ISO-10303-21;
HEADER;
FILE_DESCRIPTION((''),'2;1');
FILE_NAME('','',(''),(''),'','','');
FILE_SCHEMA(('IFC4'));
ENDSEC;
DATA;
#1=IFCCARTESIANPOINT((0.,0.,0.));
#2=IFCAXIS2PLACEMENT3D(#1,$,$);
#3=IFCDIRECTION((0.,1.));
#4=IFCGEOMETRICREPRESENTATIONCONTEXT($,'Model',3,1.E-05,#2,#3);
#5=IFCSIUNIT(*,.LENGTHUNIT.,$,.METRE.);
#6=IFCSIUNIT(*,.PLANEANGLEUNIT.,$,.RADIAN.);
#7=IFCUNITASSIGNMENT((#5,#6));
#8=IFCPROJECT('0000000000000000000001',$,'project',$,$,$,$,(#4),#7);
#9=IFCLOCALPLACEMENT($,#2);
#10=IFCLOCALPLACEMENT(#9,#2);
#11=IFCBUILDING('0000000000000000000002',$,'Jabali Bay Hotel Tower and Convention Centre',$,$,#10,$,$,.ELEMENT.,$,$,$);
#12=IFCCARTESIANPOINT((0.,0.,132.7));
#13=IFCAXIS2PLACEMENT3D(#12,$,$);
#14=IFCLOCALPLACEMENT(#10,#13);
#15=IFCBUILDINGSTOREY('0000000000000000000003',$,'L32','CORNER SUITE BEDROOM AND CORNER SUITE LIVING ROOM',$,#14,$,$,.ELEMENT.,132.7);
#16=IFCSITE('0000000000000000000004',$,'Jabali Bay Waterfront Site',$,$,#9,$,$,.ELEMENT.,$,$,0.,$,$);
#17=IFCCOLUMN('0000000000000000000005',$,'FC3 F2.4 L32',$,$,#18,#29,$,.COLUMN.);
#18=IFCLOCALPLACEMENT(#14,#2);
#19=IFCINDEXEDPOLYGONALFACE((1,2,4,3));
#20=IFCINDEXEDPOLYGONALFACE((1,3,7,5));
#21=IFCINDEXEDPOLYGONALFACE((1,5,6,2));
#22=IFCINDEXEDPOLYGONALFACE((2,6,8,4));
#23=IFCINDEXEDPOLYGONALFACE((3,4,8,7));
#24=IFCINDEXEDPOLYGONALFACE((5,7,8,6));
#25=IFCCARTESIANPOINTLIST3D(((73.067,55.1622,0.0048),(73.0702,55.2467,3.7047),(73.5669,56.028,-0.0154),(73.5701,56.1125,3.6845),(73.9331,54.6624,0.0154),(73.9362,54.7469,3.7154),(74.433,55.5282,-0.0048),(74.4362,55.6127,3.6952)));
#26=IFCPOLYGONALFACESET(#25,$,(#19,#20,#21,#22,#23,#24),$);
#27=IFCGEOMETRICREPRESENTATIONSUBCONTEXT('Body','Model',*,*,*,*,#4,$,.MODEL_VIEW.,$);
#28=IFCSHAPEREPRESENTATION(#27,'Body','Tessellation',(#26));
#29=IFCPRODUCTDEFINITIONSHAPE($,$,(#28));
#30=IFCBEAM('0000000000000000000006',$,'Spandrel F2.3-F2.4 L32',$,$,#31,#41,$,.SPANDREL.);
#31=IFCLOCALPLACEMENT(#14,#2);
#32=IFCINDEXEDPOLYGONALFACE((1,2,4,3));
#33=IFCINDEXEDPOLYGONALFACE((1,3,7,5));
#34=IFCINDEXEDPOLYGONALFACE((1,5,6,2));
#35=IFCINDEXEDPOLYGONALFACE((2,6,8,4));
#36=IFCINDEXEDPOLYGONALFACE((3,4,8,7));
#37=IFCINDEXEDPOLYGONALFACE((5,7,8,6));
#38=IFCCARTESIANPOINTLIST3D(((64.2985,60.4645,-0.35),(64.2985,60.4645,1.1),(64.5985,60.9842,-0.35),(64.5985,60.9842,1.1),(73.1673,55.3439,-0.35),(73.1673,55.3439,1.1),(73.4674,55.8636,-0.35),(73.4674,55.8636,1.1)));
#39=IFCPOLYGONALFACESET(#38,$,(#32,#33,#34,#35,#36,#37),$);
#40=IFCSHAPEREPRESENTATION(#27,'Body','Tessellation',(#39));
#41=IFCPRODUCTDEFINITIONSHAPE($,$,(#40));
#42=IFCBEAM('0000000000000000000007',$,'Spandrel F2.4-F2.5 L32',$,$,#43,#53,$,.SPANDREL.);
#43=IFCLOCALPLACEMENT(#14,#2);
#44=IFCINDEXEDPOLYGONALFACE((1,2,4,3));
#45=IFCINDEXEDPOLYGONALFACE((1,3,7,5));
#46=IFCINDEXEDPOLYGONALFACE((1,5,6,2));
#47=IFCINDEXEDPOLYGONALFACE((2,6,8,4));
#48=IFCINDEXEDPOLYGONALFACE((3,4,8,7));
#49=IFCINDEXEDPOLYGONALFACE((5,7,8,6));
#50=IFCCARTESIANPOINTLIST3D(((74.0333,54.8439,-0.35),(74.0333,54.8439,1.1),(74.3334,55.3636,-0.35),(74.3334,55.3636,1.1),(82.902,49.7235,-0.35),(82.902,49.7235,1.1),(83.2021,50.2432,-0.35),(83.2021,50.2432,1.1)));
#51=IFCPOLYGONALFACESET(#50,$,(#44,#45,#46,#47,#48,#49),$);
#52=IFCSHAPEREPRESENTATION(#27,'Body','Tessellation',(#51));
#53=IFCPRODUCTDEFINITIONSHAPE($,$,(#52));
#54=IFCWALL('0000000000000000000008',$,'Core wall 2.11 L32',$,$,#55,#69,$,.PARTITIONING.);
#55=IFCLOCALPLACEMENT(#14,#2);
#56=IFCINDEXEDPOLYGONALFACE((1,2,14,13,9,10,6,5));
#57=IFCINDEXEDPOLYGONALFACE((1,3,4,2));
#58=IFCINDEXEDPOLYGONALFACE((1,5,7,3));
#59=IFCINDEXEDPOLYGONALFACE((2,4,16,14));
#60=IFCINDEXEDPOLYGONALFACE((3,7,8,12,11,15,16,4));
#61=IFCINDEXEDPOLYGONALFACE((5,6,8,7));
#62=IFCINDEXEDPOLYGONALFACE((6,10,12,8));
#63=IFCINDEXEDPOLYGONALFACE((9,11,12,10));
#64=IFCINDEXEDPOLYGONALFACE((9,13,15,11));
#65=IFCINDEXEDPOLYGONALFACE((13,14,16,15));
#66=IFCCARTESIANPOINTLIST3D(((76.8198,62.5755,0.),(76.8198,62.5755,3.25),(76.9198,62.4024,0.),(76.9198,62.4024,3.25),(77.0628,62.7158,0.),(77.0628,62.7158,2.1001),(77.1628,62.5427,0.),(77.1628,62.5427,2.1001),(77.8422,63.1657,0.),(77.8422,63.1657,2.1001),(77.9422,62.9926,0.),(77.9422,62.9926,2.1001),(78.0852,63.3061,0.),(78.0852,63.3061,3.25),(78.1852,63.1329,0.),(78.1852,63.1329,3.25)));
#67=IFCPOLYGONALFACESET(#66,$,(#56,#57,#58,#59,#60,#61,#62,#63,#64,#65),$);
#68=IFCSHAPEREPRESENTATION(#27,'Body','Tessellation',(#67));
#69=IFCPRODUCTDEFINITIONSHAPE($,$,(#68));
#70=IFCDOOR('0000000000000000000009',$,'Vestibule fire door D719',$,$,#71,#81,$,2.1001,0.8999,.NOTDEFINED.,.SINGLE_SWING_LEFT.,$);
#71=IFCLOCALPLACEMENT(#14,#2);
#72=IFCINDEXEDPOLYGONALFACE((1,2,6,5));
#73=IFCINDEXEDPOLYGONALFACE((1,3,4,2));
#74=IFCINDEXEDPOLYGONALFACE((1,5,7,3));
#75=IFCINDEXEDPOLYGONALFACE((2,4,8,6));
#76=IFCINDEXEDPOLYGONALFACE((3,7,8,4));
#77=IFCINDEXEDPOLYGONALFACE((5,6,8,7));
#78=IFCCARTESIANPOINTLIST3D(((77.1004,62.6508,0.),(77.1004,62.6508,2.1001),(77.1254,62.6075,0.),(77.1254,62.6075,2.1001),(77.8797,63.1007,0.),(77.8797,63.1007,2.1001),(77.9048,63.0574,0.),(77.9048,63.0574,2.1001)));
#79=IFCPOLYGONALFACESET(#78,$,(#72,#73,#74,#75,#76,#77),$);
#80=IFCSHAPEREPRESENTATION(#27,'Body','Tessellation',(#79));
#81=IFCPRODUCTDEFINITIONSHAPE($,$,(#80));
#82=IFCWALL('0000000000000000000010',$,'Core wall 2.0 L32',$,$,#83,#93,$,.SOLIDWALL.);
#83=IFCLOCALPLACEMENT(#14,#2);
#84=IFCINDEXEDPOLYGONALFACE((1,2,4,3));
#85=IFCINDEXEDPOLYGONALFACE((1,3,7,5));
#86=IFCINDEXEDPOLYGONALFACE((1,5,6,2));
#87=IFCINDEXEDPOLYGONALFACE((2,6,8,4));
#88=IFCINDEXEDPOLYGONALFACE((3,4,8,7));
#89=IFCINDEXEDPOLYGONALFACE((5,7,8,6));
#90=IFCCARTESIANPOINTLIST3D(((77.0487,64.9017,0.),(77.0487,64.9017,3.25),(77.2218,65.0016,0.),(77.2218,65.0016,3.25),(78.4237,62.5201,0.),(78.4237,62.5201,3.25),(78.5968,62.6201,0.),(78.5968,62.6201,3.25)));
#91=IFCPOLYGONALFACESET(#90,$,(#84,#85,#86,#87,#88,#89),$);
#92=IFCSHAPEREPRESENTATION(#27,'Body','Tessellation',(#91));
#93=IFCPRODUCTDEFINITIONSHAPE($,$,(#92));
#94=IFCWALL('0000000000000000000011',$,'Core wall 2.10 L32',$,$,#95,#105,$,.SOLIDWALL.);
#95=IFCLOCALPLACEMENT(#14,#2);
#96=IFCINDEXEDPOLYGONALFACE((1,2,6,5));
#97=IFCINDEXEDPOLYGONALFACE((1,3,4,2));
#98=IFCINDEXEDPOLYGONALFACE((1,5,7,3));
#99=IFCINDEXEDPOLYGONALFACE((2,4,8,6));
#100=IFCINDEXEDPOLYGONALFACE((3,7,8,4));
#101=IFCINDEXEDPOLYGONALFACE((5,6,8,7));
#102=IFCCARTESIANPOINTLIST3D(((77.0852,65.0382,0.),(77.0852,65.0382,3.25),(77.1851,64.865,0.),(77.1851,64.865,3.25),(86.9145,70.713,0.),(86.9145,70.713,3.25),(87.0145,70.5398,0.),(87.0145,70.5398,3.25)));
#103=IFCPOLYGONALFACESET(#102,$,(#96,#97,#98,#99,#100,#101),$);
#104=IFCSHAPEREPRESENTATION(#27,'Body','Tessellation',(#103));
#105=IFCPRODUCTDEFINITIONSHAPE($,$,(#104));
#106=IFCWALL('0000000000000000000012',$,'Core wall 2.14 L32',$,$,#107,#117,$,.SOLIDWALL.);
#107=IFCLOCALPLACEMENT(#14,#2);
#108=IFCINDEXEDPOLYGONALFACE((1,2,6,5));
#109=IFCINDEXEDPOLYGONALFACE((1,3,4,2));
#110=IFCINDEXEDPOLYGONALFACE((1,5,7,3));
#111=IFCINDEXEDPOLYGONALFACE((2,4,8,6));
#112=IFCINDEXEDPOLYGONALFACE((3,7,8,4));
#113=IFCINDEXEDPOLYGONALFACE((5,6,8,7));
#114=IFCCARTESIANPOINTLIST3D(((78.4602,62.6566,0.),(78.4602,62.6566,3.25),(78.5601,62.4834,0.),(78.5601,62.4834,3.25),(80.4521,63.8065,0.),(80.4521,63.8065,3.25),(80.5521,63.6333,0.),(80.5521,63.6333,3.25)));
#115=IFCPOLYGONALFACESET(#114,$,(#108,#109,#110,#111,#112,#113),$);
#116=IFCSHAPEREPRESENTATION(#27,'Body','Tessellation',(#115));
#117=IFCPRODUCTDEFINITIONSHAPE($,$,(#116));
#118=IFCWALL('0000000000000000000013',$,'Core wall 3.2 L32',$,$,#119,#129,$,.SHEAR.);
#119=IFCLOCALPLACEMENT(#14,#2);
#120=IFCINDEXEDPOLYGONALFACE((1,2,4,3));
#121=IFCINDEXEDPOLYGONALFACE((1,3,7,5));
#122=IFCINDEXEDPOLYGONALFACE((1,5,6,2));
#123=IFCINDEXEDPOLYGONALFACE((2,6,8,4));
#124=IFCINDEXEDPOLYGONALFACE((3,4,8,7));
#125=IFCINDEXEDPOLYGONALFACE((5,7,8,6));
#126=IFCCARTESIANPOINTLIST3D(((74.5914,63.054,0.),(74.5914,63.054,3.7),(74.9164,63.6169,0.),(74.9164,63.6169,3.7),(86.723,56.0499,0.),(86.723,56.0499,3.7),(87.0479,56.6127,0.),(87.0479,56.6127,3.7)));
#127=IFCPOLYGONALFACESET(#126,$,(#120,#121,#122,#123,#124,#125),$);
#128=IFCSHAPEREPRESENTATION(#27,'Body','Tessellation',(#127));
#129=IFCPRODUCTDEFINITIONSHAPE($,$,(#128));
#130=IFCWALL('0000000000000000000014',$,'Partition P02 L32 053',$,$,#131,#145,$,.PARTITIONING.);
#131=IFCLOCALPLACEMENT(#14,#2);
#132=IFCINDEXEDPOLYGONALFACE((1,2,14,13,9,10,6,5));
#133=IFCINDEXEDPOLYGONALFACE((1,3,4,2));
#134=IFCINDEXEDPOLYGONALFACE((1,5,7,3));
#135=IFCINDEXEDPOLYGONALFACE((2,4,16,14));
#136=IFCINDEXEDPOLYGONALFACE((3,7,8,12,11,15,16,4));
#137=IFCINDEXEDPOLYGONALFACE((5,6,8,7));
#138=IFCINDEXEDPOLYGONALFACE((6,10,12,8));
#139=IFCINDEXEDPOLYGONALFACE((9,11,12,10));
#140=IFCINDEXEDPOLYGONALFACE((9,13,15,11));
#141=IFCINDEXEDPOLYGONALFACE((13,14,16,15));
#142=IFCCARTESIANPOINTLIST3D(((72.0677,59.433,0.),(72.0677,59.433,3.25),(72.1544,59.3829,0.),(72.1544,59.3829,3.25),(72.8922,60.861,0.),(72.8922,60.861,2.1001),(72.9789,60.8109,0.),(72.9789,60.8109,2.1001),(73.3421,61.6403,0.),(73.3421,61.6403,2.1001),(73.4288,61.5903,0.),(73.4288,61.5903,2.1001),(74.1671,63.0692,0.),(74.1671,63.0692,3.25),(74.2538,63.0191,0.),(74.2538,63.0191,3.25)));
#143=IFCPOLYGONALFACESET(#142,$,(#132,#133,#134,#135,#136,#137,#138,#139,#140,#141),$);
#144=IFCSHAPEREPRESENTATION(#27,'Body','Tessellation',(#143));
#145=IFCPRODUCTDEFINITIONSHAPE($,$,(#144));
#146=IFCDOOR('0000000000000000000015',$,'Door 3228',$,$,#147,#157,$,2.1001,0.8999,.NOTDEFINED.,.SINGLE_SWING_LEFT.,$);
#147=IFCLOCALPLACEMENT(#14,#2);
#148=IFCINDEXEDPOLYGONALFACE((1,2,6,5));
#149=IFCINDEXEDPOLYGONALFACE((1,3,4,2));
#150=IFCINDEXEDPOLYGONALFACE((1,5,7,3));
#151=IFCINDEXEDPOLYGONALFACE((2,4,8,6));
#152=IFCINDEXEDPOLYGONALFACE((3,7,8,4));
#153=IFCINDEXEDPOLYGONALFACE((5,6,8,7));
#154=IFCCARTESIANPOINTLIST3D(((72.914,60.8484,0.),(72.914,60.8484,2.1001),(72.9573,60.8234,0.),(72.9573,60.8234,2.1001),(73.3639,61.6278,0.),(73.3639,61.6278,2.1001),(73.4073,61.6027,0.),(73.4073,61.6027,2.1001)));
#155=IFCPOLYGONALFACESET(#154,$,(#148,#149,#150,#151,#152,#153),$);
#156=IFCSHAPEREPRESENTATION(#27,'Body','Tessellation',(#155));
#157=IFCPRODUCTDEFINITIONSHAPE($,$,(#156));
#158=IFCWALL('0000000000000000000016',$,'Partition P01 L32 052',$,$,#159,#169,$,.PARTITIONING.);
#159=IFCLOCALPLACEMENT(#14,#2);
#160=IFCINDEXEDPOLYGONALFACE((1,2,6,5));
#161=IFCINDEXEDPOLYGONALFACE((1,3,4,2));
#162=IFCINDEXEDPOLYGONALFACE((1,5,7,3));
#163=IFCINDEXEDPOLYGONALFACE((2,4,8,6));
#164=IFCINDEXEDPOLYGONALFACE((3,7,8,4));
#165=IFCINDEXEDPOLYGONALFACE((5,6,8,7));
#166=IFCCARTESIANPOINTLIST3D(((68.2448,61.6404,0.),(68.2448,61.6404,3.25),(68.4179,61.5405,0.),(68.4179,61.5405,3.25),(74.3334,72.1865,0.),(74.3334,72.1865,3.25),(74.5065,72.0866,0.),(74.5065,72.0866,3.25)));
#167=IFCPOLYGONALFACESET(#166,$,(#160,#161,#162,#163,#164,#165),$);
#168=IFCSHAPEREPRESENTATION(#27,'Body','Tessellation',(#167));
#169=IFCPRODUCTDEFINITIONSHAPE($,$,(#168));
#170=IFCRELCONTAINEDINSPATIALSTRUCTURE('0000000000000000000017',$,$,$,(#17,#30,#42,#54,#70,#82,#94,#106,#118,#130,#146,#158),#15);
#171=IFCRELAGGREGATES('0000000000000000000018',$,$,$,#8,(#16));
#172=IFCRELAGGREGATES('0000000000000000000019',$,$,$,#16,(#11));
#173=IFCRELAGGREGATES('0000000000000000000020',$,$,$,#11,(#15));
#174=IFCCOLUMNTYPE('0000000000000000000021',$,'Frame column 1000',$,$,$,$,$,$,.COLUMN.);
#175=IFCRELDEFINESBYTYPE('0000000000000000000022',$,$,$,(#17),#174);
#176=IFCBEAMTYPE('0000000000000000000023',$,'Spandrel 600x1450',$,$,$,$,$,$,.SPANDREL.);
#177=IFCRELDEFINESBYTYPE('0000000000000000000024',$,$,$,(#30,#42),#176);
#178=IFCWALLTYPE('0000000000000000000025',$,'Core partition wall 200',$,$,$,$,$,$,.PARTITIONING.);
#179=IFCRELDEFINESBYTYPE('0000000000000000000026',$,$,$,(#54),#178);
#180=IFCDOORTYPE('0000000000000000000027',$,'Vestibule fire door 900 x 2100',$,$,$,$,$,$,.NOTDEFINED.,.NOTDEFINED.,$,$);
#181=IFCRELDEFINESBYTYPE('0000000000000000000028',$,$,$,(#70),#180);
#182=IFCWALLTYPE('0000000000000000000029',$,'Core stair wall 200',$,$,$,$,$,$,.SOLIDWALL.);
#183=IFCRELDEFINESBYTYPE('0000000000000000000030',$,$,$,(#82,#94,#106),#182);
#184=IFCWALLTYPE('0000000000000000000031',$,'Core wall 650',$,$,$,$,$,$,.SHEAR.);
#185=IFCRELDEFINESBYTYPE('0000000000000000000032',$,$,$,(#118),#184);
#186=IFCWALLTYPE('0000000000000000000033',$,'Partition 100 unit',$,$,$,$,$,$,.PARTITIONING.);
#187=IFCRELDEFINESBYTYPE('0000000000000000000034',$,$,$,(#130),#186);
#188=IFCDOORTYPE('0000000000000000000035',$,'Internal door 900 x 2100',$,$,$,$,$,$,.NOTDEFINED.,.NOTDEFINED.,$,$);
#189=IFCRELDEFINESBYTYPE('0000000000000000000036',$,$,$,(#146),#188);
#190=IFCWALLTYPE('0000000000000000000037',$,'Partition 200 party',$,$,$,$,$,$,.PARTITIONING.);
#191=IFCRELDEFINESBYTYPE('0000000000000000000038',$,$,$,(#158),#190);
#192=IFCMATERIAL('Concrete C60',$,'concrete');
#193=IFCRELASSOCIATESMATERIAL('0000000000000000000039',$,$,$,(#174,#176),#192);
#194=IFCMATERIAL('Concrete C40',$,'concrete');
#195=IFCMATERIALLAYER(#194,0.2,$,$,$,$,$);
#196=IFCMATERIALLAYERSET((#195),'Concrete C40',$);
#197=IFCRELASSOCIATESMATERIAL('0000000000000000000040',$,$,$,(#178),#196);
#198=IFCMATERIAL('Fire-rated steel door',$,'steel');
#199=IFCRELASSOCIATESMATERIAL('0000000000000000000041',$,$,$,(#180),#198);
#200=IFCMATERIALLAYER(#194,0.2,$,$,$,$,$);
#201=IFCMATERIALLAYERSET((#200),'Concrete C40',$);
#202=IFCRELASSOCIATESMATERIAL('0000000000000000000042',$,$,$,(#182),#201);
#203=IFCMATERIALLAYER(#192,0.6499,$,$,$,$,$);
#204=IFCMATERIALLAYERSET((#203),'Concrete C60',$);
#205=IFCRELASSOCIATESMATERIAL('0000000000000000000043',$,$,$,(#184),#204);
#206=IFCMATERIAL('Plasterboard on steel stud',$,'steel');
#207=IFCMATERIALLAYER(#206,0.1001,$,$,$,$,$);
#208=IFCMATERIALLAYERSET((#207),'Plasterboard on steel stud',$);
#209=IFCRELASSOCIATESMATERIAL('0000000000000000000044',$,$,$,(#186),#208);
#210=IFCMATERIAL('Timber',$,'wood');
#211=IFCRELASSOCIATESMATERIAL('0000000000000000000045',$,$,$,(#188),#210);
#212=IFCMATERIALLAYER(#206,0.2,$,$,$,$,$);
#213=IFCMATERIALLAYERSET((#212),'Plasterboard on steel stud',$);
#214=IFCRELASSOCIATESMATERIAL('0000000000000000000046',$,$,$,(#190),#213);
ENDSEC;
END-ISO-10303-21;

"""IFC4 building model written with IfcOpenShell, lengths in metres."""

from ifc_helpers import new_model, si_unit, direction, frame, frame_2d, origin, origin_2d, place, context, subcontext, project, spatial, rectangle, extrude, material, layer, layer_set, material_profile, profile_set, type_object, element, fill, save


model = new_model("IFC4")

# Units and contexts
model_context = context("Model", 3, precision=1e-05, world=origin(), true_north=direction((0.0, 1.0)))
body_context = subcontext(model_context, "Body", "Model", "MODEL_VIEW")
ifc_project = project(units=[si_unit("LENGTHUNIT", "METRE"), si_unit("PLANEANGLEUNIT", "RADIAN")], contexts=[model_context])

# Site, building, storey
site_placement = place(None, origin())
site = spatial("IfcSite", under=ifc_project, at=site_placement, Name="Jabali Bay Waterfront Site", CompositionType="ELEMENT", RefElevation=0.0)
building_placement = place(site_placement, origin())
building = spatial("IfcBuilding", under=site, at=building_placement, Name="Jabali Bay Hotel Tower and Convention Centre", CompositionType="ELEMENT")
storey_placement = place(building_placement, frame((0.0, 0.0, 132.7)))
storey = spatial("IfcBuildingStorey", under=building, at=storey_placement, Name="L32", Description="CORNER SUITE BEDROOM AND CORNER SUITE LIVING ROOM", CompositionType="ELEMENT", Elevation=132.7)

# Column
ifc_material_1 = material(Name="Concrete C60", Category="concrete")
ifc_material_profile_1 = material_profile(ifc_material_1, rectangle(XDim=1.0, YDim=1.0, at=origin_2d()), Name="Frame column 1000")
ifc_profile_set_1 = profile_set([ifc_material_profile_1], Name="Concrete C60")
column_type = type_object("IfcColumnType", Name="Frame column 1000", PredefinedType="COLUMN", material=ifc_profile_set_1)
column_placement = place(storey_placement, frame((73.75, 55.3452, 0.0), z_axis=(0.000858, 0.022825, 0.999739), x_axis=(-0.499949, -0.865819, 0.020196)))
element("IfcColumn", 1, at=column_placement, inside=storey, type_object=column_type, Name="FC3 F2.4 L32", PredefinedType="COLUMN", context=body_context, shape_type="SweptSolid", body=[
    extrude(rectangle(XDim=1.0, YDim=1.0, at=origin_2d()), origin(), (0.0, 0.0, 1.0), 3.7009),
])

# Beams
ifc_material_profile_2 = material_profile(ifc_material_1, rectangle(XDim=0.6001, YDim=1.45, at=origin_2d()), Name="Spandrel 600x1450")
ifc_profile_set_2 = profile_set([ifc_material_profile_2], Name="Concrete C60")
beam_type = type_object("IfcBeamType", Name="Spandrel 600x1450", PredefinedType="SPANDREL", material=ifc_profile_set_2)
beam_1_placement = place(storey_placement, frame((64.4485, 60.7244, 0.375), z_axis=(0.866019, -0.500011, 0.0), x_axis=(0.500011, 0.866019, 0.0)))
element("IfcBeam", 2, at=beam_1_placement, inside=storey, type_object=beam_type, Name="Spandrel F2.3-F2.4 L32", PredefinedType="SPANDREL", context=body_context, shape_type="SweptSolid", body=[
    extrude(rectangle(XDim=0.6001, YDim=1.45, at=origin_2d()), origin(), (0.0, 0.0, 1.0), 10.241),
])
beam_2_placement = place(storey_placement, frame((74.1833, 55.1038, 0.375), z_axis=(0.866024, -0.500003, 0.0), x_axis=(0.500003, 0.866024, 0.0)))
element("IfcBeam", 3, at=beam_2_placement, inside=storey, type_object=beam_type, Name="Spandrel F2.4-F2.5 L32", PredefinedType="SPANDREL", context=body_context, shape_type="SweptSolid", body=[
    extrude(rectangle(XDim=0.6001, YDim=1.45, at=origin_2d()), origin(), (0.0, 0.0, 1.0), 10.2407),
])

# Wall, opening, door
ifc_material_2 = material(Name="Concrete C40", Category="concrete")
ifc_layer_1 = layer(ifc_material_2, 0.2)
ifc_layer_set_1 = layer_set([ifc_layer_1], Name="Concrete C40")
wall_type_1 = type_object("IfcWallType", Name="Core partition wall 200", PredefinedType="PARTITIONING", material=ifc_layer_set_1)
wall_1_placement = place(storey_placement, frame((76.8699, 62.489, 0.0), z_axis=(0.0, 0.0, 1.0), x_axis=(0.866055, 0.499949, 0.0)))
wall_1 = element("IfcWall", 4, at=wall_1_placement, inside=storey, type_object=wall_type_1, Name="Core wall 2.11 L32", PredefinedType="PARTITIONING", context=body_context, shape_type="SweptSolid", body=[
    extrude(rectangle(XDim=1.4612, YDim=0.2, at=frame_2d((0.7305, 0.0))), origin(), (0.0, 0.0, 1.0), 3.25),
])
opening_1_placement = place(wall_1_placement, frame((0.2805, 0.0, 0.0)))
opening_1 = element("IfcOpeningElement", 5, at=opening_1_placement, cuts=wall_1, PredefinedType="OPENING", context=body_context, shape_type="SweptSolid", body=[
    extrude(rectangle(XDim=0.8999, YDim=2.1001, at=frame_2d((0.45, 1.05))), frame((0.0, 0.1104, 0.0), z_axis=(0.0, -1.0, 0.0), x_axis=(1.0, 0.0, 0.0)), (0.0, 0.0, 1.0), 0.2209),
])
ifc_material_3 = material(Name="Fire-rated steel door", Category="steel")
door_type_1 = type_object("IfcDoorType", Name="Vestibule fire door 900 x 2100", OperationType="NOTDEFINED", PredefinedType="NOTDEFINED", material=ifc_material_3)
door_1_placement = place(opening_1_placement, origin())
door_1 = element("IfcDoor", 6, at=door_1_placement, inside=storey, type_object=door_type_1, Name="Vestibule fire door D719", OperationType="SINGLE_SWING_LEFT", OverallHeight=2.1001, OverallWidth=0.8999, PredefinedType="NOTDEFINED", context=body_context, shape_type="SweptSolid", body=[
    extrude(rectangle(XDim=0.8999, YDim=2.1001, at=frame_2d((0.45, 1.05))), frame((0.0, 0.0249, 0.0), z_axis=(0.0, -1.0, 0.0), x_axis=(1.0, 0.0, 0.0)), (0.0, 0.0, 1.0), 0.05),
])
fill(opening_1, door_1)

# Walls
ifc_layer_2 = layer(ifc_material_2, 0.2)
ifc_layer_set_2 = layer_set([ifc_layer_2], Name="Concrete C40")
wall_type_2 = type_object("IfcWallType", Name="Core stair wall 200", PredefinedType="SOLIDWALL", material=ifc_layer_set_2)
wall_2_placement = place(storey_placement, frame((77.1353, 64.9517, 0.0), z_axis=(0.0, 0.0, 1.0), x_axis=(0.499997, -0.866027, 0.0)))
element("IfcWall", 7, at=wall_2_placement, inside=storey, type_object=wall_type_2, Name="Core wall 2.0 L32", PredefinedType="SOLIDWALL", context=body_context, shape_type="SweptSolid", body=[
    extrude(rectangle(XDim=2.75, YDim=0.2, at=frame_2d((1.375, 0.0))), origin(), (0.0, 0.0, 1.0), 3.25),
])
wall_3_placement = place(storey_placement, frame((77.1353, 64.9517, 0.0), z_axis=(0.0, 0.0, 1.0), x_axis=(0.866032, 0.499989, 0.0)))
element("IfcWall", 8, at=wall_3_placement, inside=storey, type_object=wall_type_2, Name="Core wall 2.10 L32", PredefinedType="SOLIDWALL", context=body_context, shape_type="SweptSolid", body=[
    extrude(rectangle(XDim=11.3499, YDim=0.2, at=frame_2d((5.6748, 0.0))), origin(), (0.0, 0.0, 1.0), 3.25),
])
wall_4_placement = place(storey_placement, frame((78.5103, 62.5701, 0.0), z_axis=(0.0, 0.0, 1.0), x_axis=(0.866053, 0.499952, 0.0)))
element("IfcWall", 9, at=wall_4_placement, inside=storey, type_object=wall_type_2, Name="Core wall 2.14 L32", PredefinedType="SOLIDWALL", context=body_context, shape_type="SweptSolid", body=[
    extrude(rectangle(XDim=2.3, YDim=0.2, at=frame_2d((1.1499, 0.0))), origin(), (0.0, 0.0, 1.0), 3.25),
])
ifc_layer_3 = layer(ifc_material_1, 0.6499)
ifc_layer_set_3 = layer_set([ifc_layer_3], Name="Concrete C60")
wall_type_3 = type_object("IfcWallType", Name="Core wall 650", PredefinedType="SHEAR", material=ifc_layer_set_3)
wall_5_placement = place(storey_placement, frame((74.7539, 63.3354, 0.0), z_axis=(0.0, 0.0, 1.0), x_axis=(0.866026, -0.499999, 0.0)))
element("IfcWall", 10, at=wall_5_placement, inside=storey, type_object=wall_type_3, Name="Core wall 3.2 L32", PredefinedType="SHEAR", context=body_context, shape_type="SweptSolid", body=[
    extrude(rectangle(XDim=14.0083, YDim=0.6499, at=frame_2d((7.0042, 0.0))), origin(), (0.0, 0.0, 1.0), 3.7),
])

# Wall, opening, door
ifc_material_4 = material(Name="Plasterboard on steel stud", Category="steel")
ifc_layer_4 = layer(ifc_material_4, 0.1001)
ifc_layer_set_4 = layer_set([ifc_layer_4], Name="Plasterboard on steel stud")
wall_type_4 = type_object("IfcWallType", Name="Partition 100 unit", PredefinedType="PARTITIONING", material=ifc_layer_set_4)
wall_6_placement = place(storey_placement, frame((72.1111, 59.408, 0.0), z_axis=(0.0, 0.0, 1.0), x_axis=(0.499998, 0.866027, 0.0)))
wall_6 = element("IfcWall", 11, at=wall_6_placement, inside=storey, type_object=wall_type_4, Name="Partition P02 L32 053", PredefinedType="PARTITIONING", context=body_context, shape_type="SweptSolid", body=[
    extrude(rectangle(XDim=4.1987, YDim=0.1001, at=frame_2d((2.0994, 0.0))), origin(), (0.0, 0.0, 1.0), 3.25),
])
opening_2_placement = place(wall_6_placement, frame((1.6489, 0.0, 0.0)))
opening_2 = element("IfcOpeningElement", 12, at=opening_2_placement, cuts=wall_6, PredefinedType="OPENING", context=body_context, shape_type="SweptSolid", body=[
    extrude(rectangle(XDim=0.8999, YDim=2.1001, at=frame_2d((0.45, 1.05))), frame((0.0, 0.0605, 0.0), z_axis=(0.0, -1.0, 0.0), x_axis=(1.0, 0.0, 0.0)), (0.0, 0.0, 1.0), 0.1211),
])
ifc_material_5 = material(Name="Timber", Category="wood")
door_type_2 = type_object("IfcDoorType", Name="Internal door 900 x 2100", OperationType="NOTDEFINED", PredefinedType="NOTDEFINED", material=ifc_material_5)
door_2_placement = place(opening_2_placement, origin())
door_2 = element("IfcDoor", 13, at=door_2_placement, inside=storey, type_object=door_type_2, Name="Door 3228", OperationType="SINGLE_SWING_LEFT", OverallHeight=2.1001, OverallWidth=0.8999, PredefinedType="NOTDEFINED", context=body_context, shape_type="SweptSolid", body=[
    extrude(rectangle(XDim=0.8999, YDim=2.1001, at=frame_2d((0.45, 1.05))), frame((0.0, 0.0249, 0.0), z_axis=(0.0, -1.0, 0.0), x_axis=(1.0, 0.0, 0.0)), (0.0, 0.0, 1.0), 0.05),
])
fill(opening_2, door_2)

# Wall
ifc_layer_5 = layer(ifc_material_4, 0.2)
ifc_layer_set_5 = layer_set([ifc_layer_5], Name="Plasterboard on steel stud")
wall_type_5 = type_object("IfcWallType", Name="Partition 200 party", PredefinedType="PARTITIONING", material=ifc_layer_set_5)
wall_7_placement = place(storey_placement, frame((68.3313, 61.5903, 0.0), z_axis=(0.0, 0.0, 1.0), x_axis=(0.499988, 0.866032, 0.0)))
element("IfcWall", 14, at=wall_7_placement, inside=storey, type_object=wall_type_5, Name="Partition P01 L32 052", PredefinedType="PARTITIONING", context=body_context, shape_type="SweptSolid", body=[
    extrude(rectangle(XDim=12.1775, YDim=0.2, at=frame_2d((6.0889, 0.0))), origin(), (0.0, 0.0, 1.0), 3.25),
])

save(model, "model.ifc")
